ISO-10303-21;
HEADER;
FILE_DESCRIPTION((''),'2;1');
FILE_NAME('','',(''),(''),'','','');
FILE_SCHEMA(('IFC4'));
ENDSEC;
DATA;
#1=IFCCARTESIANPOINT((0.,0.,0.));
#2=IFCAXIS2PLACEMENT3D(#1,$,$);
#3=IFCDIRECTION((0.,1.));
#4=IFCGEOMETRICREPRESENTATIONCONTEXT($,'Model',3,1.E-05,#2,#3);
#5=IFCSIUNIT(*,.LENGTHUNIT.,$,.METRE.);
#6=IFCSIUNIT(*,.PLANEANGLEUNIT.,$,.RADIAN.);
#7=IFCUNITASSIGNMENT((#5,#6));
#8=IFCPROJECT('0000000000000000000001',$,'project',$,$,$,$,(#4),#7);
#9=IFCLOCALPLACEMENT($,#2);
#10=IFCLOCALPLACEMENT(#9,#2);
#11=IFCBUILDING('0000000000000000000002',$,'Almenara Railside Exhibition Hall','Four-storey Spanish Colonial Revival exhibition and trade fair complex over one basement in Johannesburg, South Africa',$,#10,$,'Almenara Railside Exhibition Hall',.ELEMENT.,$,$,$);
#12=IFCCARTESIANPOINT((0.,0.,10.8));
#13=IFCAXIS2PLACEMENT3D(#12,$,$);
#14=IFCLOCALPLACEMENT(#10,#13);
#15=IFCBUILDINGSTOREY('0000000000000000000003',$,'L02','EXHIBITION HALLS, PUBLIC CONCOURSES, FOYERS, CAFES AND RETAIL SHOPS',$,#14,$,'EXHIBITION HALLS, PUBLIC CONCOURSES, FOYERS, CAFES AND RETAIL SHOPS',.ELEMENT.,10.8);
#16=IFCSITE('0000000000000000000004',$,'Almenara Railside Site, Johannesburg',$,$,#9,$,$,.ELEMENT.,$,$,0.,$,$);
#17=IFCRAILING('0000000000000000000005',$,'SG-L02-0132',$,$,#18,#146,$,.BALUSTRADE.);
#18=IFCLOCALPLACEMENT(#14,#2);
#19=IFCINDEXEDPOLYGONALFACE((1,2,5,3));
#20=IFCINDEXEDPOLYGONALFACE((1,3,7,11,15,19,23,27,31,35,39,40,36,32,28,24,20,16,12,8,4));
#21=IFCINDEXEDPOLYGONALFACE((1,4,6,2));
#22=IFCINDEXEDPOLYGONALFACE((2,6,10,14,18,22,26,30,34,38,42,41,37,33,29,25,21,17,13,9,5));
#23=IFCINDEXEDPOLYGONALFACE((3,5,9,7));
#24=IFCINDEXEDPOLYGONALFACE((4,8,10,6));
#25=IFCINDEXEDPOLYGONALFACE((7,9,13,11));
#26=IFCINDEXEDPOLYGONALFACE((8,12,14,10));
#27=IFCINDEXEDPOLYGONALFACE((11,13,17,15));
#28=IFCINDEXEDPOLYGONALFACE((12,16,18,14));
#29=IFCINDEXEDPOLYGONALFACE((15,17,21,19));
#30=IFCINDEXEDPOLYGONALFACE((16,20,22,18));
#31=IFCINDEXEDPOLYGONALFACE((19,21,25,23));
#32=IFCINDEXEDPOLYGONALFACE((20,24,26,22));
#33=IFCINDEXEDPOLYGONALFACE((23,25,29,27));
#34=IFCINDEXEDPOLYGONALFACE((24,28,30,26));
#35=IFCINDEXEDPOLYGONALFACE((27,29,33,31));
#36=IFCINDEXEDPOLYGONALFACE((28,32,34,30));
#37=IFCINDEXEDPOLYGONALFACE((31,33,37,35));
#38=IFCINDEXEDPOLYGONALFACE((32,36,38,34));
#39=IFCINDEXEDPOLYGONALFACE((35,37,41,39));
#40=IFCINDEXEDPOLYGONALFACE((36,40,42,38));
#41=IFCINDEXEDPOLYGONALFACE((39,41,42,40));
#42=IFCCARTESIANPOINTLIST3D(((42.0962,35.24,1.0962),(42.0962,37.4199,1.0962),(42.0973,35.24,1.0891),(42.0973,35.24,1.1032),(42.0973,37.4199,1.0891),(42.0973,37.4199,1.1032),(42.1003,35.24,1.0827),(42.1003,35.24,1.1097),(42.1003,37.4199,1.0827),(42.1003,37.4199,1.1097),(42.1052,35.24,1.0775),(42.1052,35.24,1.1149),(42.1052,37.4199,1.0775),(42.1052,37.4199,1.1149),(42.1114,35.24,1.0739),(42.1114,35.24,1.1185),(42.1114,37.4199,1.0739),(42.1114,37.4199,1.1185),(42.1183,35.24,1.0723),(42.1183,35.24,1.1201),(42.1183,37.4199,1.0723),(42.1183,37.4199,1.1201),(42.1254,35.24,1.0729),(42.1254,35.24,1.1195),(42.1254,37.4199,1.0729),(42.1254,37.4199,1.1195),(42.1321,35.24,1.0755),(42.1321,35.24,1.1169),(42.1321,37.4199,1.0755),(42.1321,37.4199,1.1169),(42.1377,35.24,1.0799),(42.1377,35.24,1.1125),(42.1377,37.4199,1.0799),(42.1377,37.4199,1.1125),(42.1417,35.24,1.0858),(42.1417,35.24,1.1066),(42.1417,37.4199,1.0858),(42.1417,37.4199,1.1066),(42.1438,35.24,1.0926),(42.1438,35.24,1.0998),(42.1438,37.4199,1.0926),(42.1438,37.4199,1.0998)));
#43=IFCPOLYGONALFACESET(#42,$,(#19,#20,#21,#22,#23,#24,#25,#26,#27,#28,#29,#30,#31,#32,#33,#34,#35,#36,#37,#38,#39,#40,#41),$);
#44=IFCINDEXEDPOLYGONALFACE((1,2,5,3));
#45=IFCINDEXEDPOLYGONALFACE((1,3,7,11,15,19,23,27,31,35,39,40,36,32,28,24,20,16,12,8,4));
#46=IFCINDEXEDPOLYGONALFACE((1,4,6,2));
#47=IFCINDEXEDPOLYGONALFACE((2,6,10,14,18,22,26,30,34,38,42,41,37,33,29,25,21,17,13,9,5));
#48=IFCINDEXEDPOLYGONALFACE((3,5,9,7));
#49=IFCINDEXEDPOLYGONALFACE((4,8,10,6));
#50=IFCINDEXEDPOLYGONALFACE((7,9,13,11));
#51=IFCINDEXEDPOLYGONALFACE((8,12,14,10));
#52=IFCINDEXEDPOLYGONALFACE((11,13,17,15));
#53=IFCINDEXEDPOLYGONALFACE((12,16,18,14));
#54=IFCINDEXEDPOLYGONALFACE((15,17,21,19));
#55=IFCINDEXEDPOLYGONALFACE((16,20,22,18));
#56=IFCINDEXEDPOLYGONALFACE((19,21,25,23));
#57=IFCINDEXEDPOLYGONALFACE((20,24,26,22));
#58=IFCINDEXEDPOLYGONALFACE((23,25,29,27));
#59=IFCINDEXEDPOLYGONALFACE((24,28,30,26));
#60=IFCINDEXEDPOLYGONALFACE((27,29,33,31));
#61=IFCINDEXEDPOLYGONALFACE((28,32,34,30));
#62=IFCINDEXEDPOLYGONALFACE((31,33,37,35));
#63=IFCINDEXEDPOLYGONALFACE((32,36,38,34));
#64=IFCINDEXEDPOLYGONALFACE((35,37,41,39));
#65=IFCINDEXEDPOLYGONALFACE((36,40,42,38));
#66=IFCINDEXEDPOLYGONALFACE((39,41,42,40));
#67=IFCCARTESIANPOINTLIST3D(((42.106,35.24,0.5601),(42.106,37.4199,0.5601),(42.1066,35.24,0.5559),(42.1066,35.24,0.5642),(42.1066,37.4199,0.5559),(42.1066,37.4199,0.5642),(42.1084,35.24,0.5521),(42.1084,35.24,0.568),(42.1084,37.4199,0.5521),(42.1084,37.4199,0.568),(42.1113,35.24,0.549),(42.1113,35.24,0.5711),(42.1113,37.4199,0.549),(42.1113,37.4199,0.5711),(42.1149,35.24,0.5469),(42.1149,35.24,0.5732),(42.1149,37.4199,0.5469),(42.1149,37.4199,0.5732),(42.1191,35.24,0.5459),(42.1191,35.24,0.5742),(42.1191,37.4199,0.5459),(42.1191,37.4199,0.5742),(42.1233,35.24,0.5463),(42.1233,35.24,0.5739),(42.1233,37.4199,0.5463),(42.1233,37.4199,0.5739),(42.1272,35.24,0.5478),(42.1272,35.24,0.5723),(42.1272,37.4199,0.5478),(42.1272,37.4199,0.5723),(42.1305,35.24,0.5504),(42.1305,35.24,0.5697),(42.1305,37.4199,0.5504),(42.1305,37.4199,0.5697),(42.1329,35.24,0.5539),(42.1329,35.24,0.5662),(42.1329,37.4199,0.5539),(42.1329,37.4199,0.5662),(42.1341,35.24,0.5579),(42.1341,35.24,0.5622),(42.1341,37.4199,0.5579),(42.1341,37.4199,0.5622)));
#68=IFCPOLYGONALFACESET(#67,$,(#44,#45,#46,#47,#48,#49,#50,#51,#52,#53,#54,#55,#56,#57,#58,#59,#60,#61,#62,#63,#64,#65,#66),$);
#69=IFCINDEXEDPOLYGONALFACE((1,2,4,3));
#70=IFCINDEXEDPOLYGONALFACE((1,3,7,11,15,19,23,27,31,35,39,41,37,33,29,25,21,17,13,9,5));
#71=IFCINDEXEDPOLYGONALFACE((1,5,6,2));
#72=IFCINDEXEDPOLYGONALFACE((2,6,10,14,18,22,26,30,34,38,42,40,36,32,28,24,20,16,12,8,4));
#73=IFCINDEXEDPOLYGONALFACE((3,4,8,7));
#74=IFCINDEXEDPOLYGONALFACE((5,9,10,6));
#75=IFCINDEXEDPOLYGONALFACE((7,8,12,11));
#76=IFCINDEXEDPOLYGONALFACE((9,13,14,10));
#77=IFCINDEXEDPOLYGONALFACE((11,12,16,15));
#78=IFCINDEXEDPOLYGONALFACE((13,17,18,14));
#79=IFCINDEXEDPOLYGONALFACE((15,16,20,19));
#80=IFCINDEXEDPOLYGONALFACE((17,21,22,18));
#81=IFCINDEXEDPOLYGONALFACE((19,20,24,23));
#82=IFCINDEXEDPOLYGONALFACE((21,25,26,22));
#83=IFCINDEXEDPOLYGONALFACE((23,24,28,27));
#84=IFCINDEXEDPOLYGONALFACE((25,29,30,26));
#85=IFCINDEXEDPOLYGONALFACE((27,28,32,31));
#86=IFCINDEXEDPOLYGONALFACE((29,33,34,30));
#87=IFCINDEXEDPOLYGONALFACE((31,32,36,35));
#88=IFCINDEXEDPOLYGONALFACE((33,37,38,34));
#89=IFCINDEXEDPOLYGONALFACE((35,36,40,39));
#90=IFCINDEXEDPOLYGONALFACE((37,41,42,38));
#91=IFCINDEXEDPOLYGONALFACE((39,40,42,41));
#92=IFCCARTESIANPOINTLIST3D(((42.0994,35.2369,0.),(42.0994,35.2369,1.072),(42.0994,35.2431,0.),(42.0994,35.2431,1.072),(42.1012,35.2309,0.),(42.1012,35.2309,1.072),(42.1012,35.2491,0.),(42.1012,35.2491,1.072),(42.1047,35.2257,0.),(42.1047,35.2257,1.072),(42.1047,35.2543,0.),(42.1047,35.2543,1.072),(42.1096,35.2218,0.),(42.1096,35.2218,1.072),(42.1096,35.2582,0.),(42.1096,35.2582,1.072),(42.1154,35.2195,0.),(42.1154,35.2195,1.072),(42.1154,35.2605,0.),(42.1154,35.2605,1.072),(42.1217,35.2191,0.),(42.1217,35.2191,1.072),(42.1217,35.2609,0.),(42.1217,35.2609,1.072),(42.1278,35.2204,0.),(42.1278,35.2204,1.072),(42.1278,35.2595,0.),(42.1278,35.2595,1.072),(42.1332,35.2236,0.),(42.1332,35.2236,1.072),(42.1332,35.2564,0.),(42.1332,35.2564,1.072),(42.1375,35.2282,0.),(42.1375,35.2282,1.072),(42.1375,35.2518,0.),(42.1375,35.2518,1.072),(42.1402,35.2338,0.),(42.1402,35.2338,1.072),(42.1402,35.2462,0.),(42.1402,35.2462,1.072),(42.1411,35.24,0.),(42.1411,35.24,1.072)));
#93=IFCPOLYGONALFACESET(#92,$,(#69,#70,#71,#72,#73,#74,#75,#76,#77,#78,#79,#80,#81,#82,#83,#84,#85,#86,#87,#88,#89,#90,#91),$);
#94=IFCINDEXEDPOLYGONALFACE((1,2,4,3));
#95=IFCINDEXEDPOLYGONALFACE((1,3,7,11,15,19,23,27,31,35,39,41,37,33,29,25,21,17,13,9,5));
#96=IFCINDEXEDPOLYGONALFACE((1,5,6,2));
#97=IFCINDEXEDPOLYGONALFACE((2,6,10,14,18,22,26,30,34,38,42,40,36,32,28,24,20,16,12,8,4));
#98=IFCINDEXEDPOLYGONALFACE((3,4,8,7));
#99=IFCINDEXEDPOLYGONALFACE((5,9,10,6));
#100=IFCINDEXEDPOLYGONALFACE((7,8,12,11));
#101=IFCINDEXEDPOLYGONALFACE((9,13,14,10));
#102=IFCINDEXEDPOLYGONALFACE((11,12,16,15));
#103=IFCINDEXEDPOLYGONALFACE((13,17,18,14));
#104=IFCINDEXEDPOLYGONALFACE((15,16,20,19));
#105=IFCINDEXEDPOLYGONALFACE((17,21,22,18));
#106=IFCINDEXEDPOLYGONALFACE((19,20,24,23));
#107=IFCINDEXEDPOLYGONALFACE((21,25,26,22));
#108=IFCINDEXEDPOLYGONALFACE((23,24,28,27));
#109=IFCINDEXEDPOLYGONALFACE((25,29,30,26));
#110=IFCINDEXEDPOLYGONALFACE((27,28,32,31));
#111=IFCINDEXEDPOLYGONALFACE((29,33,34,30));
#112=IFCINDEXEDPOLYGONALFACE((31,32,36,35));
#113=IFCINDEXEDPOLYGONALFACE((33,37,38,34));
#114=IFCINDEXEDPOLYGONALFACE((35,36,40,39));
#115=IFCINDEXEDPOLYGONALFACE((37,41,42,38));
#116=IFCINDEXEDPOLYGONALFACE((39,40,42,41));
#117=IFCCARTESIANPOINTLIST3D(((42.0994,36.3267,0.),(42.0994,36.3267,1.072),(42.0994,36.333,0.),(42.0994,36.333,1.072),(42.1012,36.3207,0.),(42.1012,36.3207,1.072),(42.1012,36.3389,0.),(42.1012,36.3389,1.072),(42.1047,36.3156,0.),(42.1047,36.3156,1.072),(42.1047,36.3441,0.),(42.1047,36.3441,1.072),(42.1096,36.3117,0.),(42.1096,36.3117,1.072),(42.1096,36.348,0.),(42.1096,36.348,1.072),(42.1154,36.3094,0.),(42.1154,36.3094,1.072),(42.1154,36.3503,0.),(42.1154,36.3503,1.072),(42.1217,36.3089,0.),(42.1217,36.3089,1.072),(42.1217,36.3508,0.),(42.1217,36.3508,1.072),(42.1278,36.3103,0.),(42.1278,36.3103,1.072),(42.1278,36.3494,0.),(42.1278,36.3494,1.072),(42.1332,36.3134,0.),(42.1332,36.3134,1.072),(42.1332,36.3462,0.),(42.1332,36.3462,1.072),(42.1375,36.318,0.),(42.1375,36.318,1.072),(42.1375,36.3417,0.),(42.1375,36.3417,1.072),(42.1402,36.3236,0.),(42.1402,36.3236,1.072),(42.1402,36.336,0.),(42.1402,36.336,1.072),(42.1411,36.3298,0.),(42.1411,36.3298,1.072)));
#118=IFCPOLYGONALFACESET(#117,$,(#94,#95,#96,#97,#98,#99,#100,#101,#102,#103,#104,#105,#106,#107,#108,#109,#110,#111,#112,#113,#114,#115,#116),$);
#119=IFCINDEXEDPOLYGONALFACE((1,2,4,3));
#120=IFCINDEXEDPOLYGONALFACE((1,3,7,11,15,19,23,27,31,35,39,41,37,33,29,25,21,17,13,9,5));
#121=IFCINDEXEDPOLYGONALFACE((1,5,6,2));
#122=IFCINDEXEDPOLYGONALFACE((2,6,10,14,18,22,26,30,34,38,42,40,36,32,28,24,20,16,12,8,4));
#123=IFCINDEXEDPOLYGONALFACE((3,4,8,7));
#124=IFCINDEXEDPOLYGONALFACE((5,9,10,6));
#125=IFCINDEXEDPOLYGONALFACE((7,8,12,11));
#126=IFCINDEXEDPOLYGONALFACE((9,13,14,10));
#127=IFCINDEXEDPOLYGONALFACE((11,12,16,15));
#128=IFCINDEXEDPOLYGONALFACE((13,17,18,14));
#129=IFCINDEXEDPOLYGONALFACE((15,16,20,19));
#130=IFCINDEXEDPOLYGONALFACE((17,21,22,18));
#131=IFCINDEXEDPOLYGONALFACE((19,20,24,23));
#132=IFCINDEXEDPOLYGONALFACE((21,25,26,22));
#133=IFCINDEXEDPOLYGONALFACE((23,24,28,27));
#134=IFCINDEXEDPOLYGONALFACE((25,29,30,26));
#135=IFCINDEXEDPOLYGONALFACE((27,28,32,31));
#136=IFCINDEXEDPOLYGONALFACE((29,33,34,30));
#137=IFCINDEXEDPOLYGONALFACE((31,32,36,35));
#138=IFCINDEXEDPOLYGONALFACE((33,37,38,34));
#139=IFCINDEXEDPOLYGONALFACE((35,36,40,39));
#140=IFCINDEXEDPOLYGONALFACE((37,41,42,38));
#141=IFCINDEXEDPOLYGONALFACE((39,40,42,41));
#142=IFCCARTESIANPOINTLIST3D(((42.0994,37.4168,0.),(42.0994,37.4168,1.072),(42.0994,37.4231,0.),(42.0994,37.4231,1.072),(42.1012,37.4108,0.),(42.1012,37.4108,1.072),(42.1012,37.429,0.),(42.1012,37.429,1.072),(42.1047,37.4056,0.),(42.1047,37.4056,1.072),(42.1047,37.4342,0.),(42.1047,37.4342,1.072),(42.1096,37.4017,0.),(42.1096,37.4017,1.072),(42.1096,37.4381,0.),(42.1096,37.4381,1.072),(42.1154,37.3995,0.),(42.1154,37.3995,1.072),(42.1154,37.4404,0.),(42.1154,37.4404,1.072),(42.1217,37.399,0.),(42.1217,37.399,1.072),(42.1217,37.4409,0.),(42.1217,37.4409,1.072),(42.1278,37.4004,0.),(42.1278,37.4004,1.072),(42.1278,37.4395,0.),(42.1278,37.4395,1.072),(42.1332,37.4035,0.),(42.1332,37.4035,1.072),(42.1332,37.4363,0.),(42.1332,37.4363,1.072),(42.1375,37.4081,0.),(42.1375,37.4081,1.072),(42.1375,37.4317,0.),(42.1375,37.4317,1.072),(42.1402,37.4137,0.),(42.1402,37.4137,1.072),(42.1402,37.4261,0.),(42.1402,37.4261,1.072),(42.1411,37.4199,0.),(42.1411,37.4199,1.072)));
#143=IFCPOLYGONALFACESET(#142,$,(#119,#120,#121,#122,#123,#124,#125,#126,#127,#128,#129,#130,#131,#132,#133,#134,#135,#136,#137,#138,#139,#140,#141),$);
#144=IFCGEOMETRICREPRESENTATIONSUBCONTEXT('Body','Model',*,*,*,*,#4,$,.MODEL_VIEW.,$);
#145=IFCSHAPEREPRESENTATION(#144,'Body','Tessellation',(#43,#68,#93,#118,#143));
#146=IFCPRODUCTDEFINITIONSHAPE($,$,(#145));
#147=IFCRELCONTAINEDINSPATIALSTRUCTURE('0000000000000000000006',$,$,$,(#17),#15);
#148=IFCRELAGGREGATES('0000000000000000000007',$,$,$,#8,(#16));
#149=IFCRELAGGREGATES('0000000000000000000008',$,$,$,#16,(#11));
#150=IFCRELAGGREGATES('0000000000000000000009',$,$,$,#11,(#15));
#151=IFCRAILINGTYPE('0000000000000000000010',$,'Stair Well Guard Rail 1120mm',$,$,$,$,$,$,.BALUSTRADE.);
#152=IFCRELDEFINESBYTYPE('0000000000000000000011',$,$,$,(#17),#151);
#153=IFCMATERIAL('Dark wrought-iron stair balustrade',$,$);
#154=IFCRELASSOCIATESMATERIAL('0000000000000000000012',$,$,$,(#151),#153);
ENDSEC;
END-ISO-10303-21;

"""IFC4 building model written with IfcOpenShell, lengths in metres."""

from ifc_helpers import new_model, si_unit, direction, frame, origin, origin_2d, place, context, subcontext, project, spatial, circle, extrude, material, type_object, element, save


model = new_model("IFC4")

# Units and contexts
model_context = context("Model", 3, precision=1e-05, world=origin(), true_north=direction((0.0, 1.0)))
body_context = subcontext(model_context, "Body", "Model", "MODEL_VIEW")
ifc_project = project(units=[si_unit("LENGTHUNIT", "METRE"), si_unit("PLANEANGLEUNIT", "RADIAN")], contexts=[model_context])

# Site, building, storey
site_placement = place(None, origin())
site = spatial("IfcSite", under=ifc_project, at=site_placement, Name="Almenara Railside Site, Johannesburg", CompositionType="ELEMENT", RefElevation=0.0)
building_placement = place(site_placement, origin())
building = spatial("IfcBuilding", under=site, at=building_placement, Name="Almenara Railside Exhibition Hall", Description="Four-storey Spanish Colonial Revival exhibition and trade fair complex over one basement in Johannesburg, South Africa", LongName="Almenara Railside Exhibition Hall", CompositionType="ELEMENT")
storey_placement = place(building_placement, frame((0.0, 0.0, 10.8)))
storey = spatial("IfcBuildingStorey", under=building, at=storey_placement, Name="L02", Description="EXHIBITION HALLS, PUBLIC CONCOURSES, FOYERS, CAFES AND RETAIL SHOPS", LongName="EXHIBITION HALLS, PUBLIC CONCOURSES, FOYERS, CAFES AND RETAIL SHOPS", CompositionType="ELEMENT", Elevation=10.8)

# Railing
ifc_material_1 = material(Name="Dark wrought-iron stair balustrade")
railing_type_1 = type_object("IfcRailingType", Name="Stair Well Guard Rail 1120mm", PredefinedType="BALUSTRADE", material=ifc_material_1)
railing_1_placement = place(storey_placement, frame((42.1201, 35.24, 0.0)))
element("IfcRailing", 1, at=railing_1_placement, inside=storey, type_object=railing_type_1, Name="SG-L02-0132", PredefinedType="BALUSTRADE", context=body_context, shape_type="SweptSolid", body=[
    extrude(circle(Radius=0.0239, at=origin_2d()), frame((0.0, 0.0, 1.0962), z_axis=(0.0, 1.0, 0.0), x_axis=(-1.0, 0.0, 0.0)), (0.0, 0.0, 1.0), 2.1799),
    extrude(circle(Radius=0.0142, at=origin_2d()), frame((0.0, 0.0, 0.5601), z_axis=(0.0, 1.0, 0.0), x_axis=(-1.0, 0.0, 0.0)), (0.0, 0.0, 1.0), 2.1799),
    extrude(circle(Radius=0.021, at=origin_2d()), origin(), (0.0, 0.0, 1.0), 1.072),
    extrude(circle(Radius=0.021, at=origin_2d()), frame((0.0, 1.0898, 0.0)), (0.0, 0.0, 1.0), 1.072),
    extrude(circle(Radius=0.021, at=origin_2d()), frame((0.0, 2.1799, 0.0)), (0.0, 0.0, 1.0), 1.072),
])

save(model, "model.ifc")
